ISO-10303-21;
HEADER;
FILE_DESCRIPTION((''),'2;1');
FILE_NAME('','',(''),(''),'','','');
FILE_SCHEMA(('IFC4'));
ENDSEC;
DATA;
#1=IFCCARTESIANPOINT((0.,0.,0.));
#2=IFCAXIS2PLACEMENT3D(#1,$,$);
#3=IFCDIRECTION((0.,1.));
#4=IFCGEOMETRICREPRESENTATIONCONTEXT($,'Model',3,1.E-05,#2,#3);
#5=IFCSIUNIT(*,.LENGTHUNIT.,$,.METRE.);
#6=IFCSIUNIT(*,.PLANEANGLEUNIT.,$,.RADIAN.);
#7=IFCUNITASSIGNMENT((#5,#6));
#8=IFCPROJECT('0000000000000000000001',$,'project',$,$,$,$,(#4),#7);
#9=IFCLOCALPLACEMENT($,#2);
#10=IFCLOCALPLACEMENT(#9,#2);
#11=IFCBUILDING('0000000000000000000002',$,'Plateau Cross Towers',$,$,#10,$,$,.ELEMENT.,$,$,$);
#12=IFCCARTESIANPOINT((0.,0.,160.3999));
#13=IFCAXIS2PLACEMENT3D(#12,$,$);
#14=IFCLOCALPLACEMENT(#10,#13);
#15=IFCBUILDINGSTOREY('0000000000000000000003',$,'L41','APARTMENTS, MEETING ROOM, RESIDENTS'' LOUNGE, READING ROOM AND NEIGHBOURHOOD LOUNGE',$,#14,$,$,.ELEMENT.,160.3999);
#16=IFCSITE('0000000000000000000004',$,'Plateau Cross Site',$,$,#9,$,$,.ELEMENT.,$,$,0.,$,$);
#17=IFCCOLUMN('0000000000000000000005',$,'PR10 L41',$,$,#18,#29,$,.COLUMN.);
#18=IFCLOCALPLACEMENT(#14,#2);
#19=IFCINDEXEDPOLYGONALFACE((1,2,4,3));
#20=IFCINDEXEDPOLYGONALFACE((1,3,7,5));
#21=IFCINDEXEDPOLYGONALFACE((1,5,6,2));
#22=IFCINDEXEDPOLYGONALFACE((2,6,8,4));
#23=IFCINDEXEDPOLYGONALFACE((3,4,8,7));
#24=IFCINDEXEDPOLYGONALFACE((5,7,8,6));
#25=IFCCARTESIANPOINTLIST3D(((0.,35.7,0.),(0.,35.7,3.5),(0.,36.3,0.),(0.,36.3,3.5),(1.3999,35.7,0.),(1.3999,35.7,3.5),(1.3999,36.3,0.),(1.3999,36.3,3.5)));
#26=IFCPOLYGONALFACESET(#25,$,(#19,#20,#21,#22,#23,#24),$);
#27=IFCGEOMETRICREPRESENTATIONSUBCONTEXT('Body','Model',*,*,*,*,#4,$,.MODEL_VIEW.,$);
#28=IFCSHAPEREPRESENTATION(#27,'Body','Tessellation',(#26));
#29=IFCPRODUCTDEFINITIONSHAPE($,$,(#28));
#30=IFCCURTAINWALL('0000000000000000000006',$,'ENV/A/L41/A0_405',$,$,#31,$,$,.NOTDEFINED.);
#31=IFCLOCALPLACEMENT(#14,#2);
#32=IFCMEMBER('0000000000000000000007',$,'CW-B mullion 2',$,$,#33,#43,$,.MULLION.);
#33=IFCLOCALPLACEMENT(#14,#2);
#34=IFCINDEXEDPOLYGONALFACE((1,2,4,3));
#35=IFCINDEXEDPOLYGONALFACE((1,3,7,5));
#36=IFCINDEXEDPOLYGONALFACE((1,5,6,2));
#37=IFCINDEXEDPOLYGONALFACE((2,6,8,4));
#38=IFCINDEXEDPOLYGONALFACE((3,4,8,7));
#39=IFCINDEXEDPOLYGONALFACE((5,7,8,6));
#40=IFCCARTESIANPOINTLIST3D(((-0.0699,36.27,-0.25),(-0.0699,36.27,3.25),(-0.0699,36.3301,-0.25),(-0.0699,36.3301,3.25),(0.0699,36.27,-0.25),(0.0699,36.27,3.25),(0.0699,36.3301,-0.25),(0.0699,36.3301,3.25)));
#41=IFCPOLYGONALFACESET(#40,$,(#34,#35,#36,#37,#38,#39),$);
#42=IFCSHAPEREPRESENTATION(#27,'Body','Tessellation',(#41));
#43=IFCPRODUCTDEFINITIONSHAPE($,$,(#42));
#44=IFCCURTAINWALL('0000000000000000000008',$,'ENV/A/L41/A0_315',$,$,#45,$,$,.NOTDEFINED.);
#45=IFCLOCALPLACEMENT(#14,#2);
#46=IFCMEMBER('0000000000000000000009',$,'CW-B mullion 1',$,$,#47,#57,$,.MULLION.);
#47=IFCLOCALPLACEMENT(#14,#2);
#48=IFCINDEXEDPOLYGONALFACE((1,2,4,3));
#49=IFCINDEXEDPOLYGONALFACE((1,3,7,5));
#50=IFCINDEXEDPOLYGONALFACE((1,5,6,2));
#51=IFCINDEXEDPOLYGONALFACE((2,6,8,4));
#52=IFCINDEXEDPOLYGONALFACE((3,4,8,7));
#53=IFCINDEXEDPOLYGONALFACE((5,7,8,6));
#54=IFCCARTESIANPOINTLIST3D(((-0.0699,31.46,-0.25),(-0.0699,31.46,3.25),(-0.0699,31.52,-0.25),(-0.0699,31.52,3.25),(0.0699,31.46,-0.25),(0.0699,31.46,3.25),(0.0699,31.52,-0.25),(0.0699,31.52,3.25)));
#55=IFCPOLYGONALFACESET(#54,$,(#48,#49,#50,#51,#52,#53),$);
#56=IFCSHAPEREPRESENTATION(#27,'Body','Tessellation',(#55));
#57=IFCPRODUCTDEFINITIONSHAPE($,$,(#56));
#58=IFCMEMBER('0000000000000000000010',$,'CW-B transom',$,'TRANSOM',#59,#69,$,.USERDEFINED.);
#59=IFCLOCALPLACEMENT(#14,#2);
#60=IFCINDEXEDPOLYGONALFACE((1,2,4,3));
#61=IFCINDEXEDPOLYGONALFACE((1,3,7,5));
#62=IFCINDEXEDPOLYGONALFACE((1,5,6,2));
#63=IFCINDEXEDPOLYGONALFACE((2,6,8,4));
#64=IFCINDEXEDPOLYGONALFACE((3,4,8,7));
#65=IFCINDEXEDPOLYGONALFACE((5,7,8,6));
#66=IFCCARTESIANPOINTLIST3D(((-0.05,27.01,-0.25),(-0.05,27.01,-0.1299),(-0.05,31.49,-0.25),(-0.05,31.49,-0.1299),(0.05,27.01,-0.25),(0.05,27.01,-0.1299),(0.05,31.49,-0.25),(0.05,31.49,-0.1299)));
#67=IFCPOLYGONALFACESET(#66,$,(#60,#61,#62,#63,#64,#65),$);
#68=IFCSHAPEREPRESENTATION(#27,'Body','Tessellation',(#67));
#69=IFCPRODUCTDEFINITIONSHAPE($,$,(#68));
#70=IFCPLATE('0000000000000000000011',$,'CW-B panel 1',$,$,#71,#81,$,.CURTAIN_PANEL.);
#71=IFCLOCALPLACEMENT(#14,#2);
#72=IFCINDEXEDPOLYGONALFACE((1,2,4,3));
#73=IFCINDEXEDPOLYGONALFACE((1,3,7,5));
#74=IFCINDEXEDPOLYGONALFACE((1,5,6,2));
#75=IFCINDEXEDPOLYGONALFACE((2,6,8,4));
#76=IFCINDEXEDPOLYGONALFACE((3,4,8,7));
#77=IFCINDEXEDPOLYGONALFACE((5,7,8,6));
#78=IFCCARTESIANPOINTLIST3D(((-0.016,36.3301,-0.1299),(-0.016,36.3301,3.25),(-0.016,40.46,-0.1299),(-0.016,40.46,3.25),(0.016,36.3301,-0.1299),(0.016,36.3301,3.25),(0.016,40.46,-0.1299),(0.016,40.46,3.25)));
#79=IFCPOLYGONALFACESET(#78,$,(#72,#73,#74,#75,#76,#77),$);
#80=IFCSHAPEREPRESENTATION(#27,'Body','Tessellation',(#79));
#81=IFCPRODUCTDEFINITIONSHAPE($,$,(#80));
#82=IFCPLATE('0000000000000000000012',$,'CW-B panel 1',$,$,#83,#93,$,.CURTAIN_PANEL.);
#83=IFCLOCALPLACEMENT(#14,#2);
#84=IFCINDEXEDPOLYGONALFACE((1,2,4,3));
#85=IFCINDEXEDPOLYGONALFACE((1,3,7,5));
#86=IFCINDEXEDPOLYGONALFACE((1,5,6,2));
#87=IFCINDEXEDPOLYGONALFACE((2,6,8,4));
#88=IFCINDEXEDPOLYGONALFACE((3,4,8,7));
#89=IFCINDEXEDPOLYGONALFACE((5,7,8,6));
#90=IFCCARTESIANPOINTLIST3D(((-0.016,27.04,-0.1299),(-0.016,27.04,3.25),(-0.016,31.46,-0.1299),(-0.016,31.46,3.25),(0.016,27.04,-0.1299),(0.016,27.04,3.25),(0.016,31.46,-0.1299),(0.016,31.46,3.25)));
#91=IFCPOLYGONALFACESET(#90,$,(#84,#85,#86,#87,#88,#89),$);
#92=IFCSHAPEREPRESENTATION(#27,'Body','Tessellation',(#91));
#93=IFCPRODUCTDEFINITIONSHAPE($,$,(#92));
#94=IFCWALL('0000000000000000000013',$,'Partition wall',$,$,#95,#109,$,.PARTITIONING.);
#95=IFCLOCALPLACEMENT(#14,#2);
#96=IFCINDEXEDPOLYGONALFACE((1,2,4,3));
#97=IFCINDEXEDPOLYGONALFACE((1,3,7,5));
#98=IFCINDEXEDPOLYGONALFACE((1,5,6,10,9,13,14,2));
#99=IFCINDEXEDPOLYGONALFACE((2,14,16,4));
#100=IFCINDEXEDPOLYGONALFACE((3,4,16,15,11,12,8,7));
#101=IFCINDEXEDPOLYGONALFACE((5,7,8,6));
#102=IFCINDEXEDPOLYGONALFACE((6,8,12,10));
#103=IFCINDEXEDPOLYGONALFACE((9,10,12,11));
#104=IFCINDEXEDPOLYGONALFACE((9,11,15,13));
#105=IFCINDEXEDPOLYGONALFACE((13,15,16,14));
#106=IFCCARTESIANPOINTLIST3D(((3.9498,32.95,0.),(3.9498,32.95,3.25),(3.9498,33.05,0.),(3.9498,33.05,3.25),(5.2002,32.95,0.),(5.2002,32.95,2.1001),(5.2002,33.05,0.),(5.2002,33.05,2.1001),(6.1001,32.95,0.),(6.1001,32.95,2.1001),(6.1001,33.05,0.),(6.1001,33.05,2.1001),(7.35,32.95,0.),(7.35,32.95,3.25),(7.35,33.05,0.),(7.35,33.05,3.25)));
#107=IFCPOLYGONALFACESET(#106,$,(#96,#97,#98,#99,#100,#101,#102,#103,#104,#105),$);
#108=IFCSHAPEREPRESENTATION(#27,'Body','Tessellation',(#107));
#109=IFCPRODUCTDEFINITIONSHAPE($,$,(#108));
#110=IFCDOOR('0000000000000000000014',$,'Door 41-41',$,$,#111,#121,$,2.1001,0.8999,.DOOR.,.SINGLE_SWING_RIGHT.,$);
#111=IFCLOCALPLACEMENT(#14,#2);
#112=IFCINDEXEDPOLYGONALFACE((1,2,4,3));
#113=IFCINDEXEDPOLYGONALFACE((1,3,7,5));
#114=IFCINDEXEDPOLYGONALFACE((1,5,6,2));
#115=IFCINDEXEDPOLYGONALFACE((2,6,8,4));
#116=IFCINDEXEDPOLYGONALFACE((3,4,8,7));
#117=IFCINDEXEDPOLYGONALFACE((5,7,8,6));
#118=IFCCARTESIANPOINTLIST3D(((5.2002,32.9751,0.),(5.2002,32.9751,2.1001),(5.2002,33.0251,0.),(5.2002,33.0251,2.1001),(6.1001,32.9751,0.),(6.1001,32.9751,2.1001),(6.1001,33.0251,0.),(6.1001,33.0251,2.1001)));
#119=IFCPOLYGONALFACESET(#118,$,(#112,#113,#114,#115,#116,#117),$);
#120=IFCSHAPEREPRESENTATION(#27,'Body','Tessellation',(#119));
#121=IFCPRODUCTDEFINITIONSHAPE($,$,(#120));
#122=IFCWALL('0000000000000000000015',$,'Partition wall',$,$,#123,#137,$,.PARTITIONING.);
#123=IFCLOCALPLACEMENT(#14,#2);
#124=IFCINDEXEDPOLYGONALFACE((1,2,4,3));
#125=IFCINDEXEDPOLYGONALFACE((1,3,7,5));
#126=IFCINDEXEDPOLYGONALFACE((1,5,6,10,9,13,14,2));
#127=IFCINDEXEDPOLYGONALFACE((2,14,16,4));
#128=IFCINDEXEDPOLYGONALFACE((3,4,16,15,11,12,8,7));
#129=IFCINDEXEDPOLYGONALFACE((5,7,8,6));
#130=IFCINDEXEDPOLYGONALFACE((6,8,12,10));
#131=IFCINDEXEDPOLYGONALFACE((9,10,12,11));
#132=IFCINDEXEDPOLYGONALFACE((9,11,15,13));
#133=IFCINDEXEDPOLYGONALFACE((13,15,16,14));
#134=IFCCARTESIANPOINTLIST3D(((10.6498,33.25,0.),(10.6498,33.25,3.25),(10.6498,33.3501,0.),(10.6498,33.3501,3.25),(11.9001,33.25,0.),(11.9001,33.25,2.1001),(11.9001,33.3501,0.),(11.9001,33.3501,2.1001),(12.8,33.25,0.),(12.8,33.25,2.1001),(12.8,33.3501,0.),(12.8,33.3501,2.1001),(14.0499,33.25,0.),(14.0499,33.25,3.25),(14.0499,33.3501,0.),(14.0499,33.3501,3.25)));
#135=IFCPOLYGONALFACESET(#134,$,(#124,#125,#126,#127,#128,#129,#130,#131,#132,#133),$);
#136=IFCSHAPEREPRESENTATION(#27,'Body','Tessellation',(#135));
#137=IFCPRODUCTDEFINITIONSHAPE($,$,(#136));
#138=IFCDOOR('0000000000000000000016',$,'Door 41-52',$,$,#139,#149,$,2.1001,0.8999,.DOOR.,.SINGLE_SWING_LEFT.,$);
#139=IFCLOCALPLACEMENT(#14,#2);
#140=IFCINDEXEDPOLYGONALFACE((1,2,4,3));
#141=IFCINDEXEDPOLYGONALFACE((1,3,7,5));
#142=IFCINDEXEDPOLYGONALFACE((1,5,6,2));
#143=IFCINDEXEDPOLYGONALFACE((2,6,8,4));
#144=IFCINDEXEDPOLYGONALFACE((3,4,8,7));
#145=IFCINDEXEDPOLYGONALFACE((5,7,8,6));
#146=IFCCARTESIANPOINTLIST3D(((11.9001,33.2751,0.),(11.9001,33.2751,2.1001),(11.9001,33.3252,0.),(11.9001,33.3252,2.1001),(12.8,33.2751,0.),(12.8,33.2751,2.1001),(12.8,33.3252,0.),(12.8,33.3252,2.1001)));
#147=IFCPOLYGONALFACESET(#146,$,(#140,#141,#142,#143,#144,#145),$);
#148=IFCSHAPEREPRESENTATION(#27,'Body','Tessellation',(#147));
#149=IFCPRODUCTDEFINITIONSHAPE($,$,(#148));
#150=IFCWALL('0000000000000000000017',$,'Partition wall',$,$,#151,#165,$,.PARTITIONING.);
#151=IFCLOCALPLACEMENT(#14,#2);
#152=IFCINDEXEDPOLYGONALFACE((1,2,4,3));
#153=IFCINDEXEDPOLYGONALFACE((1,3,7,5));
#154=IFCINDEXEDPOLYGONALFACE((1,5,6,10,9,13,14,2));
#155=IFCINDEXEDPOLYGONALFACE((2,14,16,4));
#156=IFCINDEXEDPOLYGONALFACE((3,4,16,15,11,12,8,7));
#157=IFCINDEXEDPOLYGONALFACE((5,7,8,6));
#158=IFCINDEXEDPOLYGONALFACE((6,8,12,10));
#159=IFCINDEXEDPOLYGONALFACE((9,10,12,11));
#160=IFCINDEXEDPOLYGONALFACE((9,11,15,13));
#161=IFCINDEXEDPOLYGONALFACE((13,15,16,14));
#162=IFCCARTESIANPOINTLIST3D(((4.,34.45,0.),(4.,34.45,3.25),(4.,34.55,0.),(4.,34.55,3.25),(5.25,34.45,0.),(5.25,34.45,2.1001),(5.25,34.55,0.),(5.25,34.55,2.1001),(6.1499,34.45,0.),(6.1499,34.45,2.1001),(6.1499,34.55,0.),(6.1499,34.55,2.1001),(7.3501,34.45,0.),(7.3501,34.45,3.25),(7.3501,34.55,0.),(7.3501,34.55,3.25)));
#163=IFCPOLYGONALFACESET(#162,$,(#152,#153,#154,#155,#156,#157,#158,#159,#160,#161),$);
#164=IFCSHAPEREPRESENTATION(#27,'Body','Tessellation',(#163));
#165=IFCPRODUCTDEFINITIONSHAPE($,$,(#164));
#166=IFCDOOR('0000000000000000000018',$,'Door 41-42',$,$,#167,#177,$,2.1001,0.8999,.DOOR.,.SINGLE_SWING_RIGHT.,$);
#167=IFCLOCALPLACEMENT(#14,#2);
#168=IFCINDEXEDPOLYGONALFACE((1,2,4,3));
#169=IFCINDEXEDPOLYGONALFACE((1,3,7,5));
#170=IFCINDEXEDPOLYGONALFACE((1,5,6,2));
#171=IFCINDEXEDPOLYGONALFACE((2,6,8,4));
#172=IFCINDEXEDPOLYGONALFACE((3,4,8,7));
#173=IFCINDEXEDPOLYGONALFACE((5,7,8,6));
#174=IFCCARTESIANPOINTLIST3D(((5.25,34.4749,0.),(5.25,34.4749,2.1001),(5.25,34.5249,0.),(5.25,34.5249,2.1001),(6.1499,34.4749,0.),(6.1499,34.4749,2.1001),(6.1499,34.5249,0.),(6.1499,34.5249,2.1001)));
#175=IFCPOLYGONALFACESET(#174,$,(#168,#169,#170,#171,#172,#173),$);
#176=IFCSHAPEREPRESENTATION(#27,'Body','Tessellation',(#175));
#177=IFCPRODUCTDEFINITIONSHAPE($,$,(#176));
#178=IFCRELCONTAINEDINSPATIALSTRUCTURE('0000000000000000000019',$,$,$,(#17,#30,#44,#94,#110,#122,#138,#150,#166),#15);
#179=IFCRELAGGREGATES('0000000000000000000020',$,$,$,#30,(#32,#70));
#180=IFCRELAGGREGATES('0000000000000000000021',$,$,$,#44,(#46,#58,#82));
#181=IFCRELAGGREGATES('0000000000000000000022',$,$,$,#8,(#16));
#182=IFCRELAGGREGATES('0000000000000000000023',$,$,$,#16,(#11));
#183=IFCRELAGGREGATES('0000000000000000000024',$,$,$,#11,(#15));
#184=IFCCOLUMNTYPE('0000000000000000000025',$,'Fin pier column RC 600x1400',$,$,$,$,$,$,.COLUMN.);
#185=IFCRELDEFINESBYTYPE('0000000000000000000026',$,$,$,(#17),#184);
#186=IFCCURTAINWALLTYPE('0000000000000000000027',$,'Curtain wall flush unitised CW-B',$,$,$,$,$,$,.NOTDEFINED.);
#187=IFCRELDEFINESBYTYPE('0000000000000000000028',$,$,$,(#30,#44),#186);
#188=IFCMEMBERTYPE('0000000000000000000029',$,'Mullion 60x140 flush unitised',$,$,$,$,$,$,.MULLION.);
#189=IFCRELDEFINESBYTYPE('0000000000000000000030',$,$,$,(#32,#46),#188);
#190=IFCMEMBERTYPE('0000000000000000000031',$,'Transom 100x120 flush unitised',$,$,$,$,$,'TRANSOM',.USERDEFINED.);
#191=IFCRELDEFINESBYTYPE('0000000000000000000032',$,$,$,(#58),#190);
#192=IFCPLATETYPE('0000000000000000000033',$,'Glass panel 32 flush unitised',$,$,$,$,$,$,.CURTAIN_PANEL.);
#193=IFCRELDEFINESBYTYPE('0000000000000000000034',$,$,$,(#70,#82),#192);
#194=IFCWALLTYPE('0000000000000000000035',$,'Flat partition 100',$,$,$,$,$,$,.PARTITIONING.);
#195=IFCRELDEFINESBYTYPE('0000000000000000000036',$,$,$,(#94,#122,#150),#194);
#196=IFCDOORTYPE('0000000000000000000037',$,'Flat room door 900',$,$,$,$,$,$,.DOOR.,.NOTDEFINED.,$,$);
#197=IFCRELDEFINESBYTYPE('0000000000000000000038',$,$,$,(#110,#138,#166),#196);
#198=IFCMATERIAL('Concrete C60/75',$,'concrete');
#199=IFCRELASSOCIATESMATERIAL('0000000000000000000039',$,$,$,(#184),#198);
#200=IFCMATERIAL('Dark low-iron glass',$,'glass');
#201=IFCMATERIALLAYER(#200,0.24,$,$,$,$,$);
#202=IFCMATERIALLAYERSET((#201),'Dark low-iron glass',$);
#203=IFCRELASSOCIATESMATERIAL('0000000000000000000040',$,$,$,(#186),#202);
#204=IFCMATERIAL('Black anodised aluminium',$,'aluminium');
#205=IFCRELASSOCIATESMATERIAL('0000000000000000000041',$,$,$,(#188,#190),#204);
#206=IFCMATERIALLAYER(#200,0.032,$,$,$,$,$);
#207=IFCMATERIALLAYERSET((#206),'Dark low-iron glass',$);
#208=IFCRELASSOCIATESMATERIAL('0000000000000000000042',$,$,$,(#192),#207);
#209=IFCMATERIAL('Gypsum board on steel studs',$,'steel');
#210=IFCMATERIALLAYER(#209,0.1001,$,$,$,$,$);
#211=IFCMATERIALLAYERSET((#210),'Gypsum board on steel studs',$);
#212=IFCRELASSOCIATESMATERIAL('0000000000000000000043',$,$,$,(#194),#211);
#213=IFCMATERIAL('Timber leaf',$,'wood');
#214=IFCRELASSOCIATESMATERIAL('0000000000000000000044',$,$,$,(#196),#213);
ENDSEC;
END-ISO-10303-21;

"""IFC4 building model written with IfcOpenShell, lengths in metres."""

from ifc_helpers import new_model, si_unit, direction, frame, frame_2d, origin, origin_2d, place, context, subcontext, project, spatial, rectangle, extrude, material, layer, layer_set, material_profile, profile_set, type_object, element, fill, aggregate, save


model = new_model("IFC4")

# Units and contexts
model_context = context("Model", 3, precision=1e-05, world=origin(), true_north=direction((0.0, 1.0)))
body_context = subcontext(model_context, "Body", "Model", "MODEL_VIEW")
ifc_project = project(units=[si_unit("LENGTHUNIT", "METRE"), si_unit("PLANEANGLEUNIT", "RADIAN")], contexts=[model_context])

# Site, building, storey
site_placement = place(None, origin())
site = spatial("IfcSite", under=ifc_project, at=site_placement, Name="Plateau Cross Site", CompositionType="ELEMENT", RefElevation=0.0)
building_placement = place(site_placement, origin())
building = spatial("IfcBuilding", under=site, at=building_placement, Name="Plateau Cross Towers", CompositionType="ELEMENT")
storey_placement = place(building_placement, frame((0.0, 0.0, 160.3999)))
storey = spatial("IfcBuildingStorey", under=building, at=storey_placement, Name="L41", Description="APARTMENTS, MEETING ROOM, RESIDENTS' LOUNGE, READING ROOM AND NEIGHBOURHOOD LOUNGE", CompositionType="ELEMENT", Elevation=160.3999)

# Column
ifc_material_1 = material(Name="Concrete C60/75", Category="concrete")
ifc_material_profile_1 = material_profile(ifc_material_1, rectangle(XDim=0.6001, YDim=1.3999, at=origin_2d()), Name="RC 600x1400")
ifc_profile_set_1 = profile_set([ifc_material_profile_1], Name="Concrete C60/75")
column_type = type_object("IfcColumnType", Name="Fin pier column RC 600x1400", PredefinedType="COLUMN", material=ifc_profile_set_1)
column_placement = place(storey_placement, frame((0.7, 36.0, 0.0), z_axis=(0.0, 0.0, 1.0), x_axis=(0.0, 1.0, 0.0)))
element("IfcColumn", 1, at=column_placement, inside=storey, type_object=column_type, Name="PR10 L41", PredefinedType="COLUMN", context=body_context, shape_type="SweptSolid", body=[
    extrude(rectangle(XDim=0.6001, YDim=1.3999, at=origin_2d()), origin(), (0.0, 0.0, 1.0), 3.5),
])

# Curtain wall, member
ifc_material_2 = material(Name="Dark low-iron glass", Category="glass")
ifc_layer_1 = layer(ifc_material_2, 0.24)
ifc_layer_set_1 = layer_set([ifc_layer_1], Name="Dark low-iron glass")
curtain_wall_type = type_object("IfcCurtainWallType", Name="Curtain wall flush unitised CW-B", PredefinedType="NOTDEFINED", material=ifc_layer_set_1)
curtain_wall_1_placement = place(storey_placement, origin())
curtain_wall_1 = element("IfcCurtainWall", 2, at=curtain_wall_1_placement, inside=storey, type_object=curtain_wall_type, Name="ENV/A/L41/A0_405", PredefinedType="NOTDEFINED")
ifc_material_3 = material(Name="Black anodised aluminium", Category="aluminium")
ifc_material_profile_2 = material_profile(ifc_material_3, rectangle(XDim=0.0601, YDim=0.1399, at=origin_2d()), Name="MULLION 60x140")
ifc_profile_set_2 = profile_set([ifc_material_profile_2], Name="Black anodised aluminium")
member_type_1 = type_object("IfcMemberType", Name="Mullion 60x140 flush unitised", PredefinedType="MULLION", material=ifc_profile_set_2)
member_1_placement = place(storey_placement, frame((0.0, 36.3, -0.25), z_axis=(0.0, 0.0, 1.0), x_axis=(0.0, -1.0, 0.0)))
member_1 = element("IfcMember", 3, at=member_1_placement, type_object=member_type_1, Name="CW-B mullion 2", PredefinedType="MULLION", context=body_context, shape_type="SweptSolid", body=[
    extrude(rectangle(XDim=0.0601, YDim=0.1399, at=origin_2d()), origin(), (0.0, 0.0, 1.0), 3.5),
])

# Curtain wall, members
curtain_wall_2_placement = place(storey_placement, origin())
curtain_wall_2 = element("IfcCurtainWall", 4, at=curtain_wall_2_placement, inside=storey, type_object=curtain_wall_type, Name="ENV/A/L41/A0_315", PredefinedType="NOTDEFINED")
member_2_placement = place(storey_placement, frame((0.0, 31.49, -0.25), z_axis=(0.0, 0.0, 1.0), x_axis=(0.0, -1.0, 0.0)))
member_2 = element("IfcMember", 5, at=member_2_placement, type_object=member_type_1, Name="CW-B mullion 1", PredefinedType="MULLION", context=body_context, shape_type="SweptSolid", body=[
    extrude(rectangle(XDim=0.0601, YDim=0.1399, at=origin_2d()), origin(), (0.0, 0.0, 1.0), 3.5),
])
ifc_material_profile_3 = material_profile(ifc_material_3, rectangle(XDim=0.1001, YDim=0.1201, at=origin_2d()), Name="TRANSOM 100x120")
ifc_profile_set_3 = profile_set([ifc_material_profile_3], Name="Black anodised aluminium")
member_type_2 = type_object("IfcMemberType", Name="Transom 100x120 flush unitised", ElementType="TRANSOM", PredefinedType="USERDEFINED", material=ifc_profile_set_3)
member_3_placement = place(storey_placement, frame((0.0, 31.49, -0.1899), z_axis=(0.0, -1.0, 0.0), x_axis=(1.0, 0.0, 0.0)))
member_3 = element("IfcMember", 6, at=member_3_placement, type_object=member_type_2, Name="CW-B transom", ObjectType="TRANSOM", PredefinedType="USERDEFINED", context=body_context, shape_type="SweptSolid", body=[
    extrude(rectangle(XDim=0.1001, YDim=0.1201, at=origin_2d()), origin(), (0.0, 0.0, 1.0), 4.48),
])

# Plates
ifc_layer_2 = layer(ifc_material_2, 0.032)
ifc_layer_set_2 = layer_set([ifc_layer_2], Name="Dark low-iron glass")
plate_type = type_object("IfcPlateType", Name="Glass panel 32 flush unitised", PredefinedType="CURTAIN_PANEL", material=ifc_layer_set_2)
plate_1_placement = place(storey_placement, frame((0.0, 38.395, -0.1299), z_axis=(0.0, 0.0, 1.0), x_axis=(0.0, -1.0, 0.0)))
plate_1 = element("IfcPlate", 7, at=plate_1_placement, type_object=plate_type, Name="CW-B panel 1", PredefinedType="CURTAIN_PANEL", context=body_context, shape_type="SweptSolid", body=[
    extrude(rectangle(XDim=4.1299, YDim=0.032, at=origin_2d()), origin(), (0.0, 0.0, 1.0), 3.3799),
])
aggregate(curtain_wall_1, [member_1, plate_1])
plate_2_placement = place(storey_placement, frame((0.0, 29.25, -0.1299), z_axis=(0.0, 0.0, 1.0), x_axis=(0.0, -1.0, 0.0)))
plate_2 = element("IfcPlate", 8, at=plate_2_placement, type_object=plate_type, Name="CW-B panel 1", PredefinedType="CURTAIN_PANEL", context=body_context, shape_type="SweptSolid", body=[
    extrude(rectangle(XDim=4.4199, YDim=0.032, at=origin_2d()), origin(), (0.0, 0.0, 1.0), 3.3799),
])
aggregate(curtain_wall_2, [member_2, member_3, plate_2])

# Walls, openings, doors
ifc_material_4 = material(Name="Gypsum board on steel studs", Category="steel")
ifc_layer_3 = layer(ifc_material_4, 0.1001)
ifc_layer_set_3 = layer_set([ifc_layer_3], Name="Gypsum board on steel studs")
wall_type_1 = type_object("IfcWallType", Name="Flat partition 100", PredefinedType="PARTITIONING", material=ifc_layer_set_3)
wall_1_placement = place(storey_placement, frame((7.3501, 33.0, 0.0), z_axis=(0.0, 0.0, 1.0), x_axis=(-1.0, 0.0, 0.0)))
wall_1 = element("IfcWall", 9, at=wall_1_placement, inside=storey, type_object=wall_type_1, Name="Partition wall", PredefinedType="PARTITIONING", context=body_context, shape_type="SweptSolid", body=[
    extrude(rectangle(XDim=3.4001, YDim=0.1001, at=frame_2d((1.7002, 0.0))), origin(), (0.0, 0.0, 1.0), 3.25),
])
opening_1_placement = place(wall_1_placement, frame((1.25, 0.0, 0.0)))
opening_1 = element("IfcOpeningElement", 10, at=opening_1_placement, cuts=wall_1, PredefinedType="OPENING", context=body_context, shape_type="SweptSolid", body=[
    extrude(rectangle(XDim=0.8999, YDim=2.1001, at=frame_2d((0.45, 1.05))), frame((0.0, 0.0601, 0.0), z_axis=(0.0, -1.0, 0.0), x_axis=(1.0, 0.0, 0.0)), (0.0, 0.0, 1.0), 0.1201),
])
ifc_material_5 = material(Name="Timber leaf", Category="wood")
door_type_1 = type_object("IfcDoorType", Name="Flat room door 900", OperationType="NOTDEFINED", PredefinedType="DOOR", material=ifc_material_5)
door_1_placement = place(opening_1_placement, origin())
door_1 = element("IfcDoor", 11, at=door_1_placement, inside=storey, type_object=door_type_1, Name="Door 41-41", OperationType="SINGLE_SWING_RIGHT", OverallHeight=2.1001, OverallWidth=0.8999, PredefinedType="DOOR", context=body_context, shape_type="SweptSolid", body=[
    extrude(rectangle(XDim=0.8999, YDim=2.1001, at=frame_2d((0.45, 1.05))), frame((0.0, 0.0249, 0.0), z_axis=(0.0, -1.0, 0.0), x_axis=(1.0, 0.0, 0.0)), (0.0, 0.0, 1.0), 0.05),
])
fill(opening_1, door_1)
wall_2_placement = place(storey_placement, frame((14.05, 33.3, 0.0), z_axis=(0.0, 0.0, 1.0), x_axis=(-1.0, 0.0, 0.0)))
wall_2 = element("IfcWall", 12, at=wall_2_placement, inside=storey, type_object=wall_type_1, Name="Partition wall", PredefinedType="PARTITIONING", context=body_context, shape_type="SweptSolid", body=[
    extrude(rectangle(XDim=3.4001, YDim=0.1001, at=frame_2d((1.7002, 0.0))), origin(), (0.0, 0.0, 1.0), 3.25),
])
opening_2_placement = place(wall_2_placement, frame((1.25, 0.0, 0.0)))
opening_2 = element("IfcOpeningElement", 13, at=opening_2_placement, cuts=wall_2, PredefinedType="OPENING", context=body_context, shape_type="SweptSolid", body=[
    extrude(rectangle(XDim=0.8999, YDim=2.1001, at=frame_2d((0.45, 1.05))), frame((0.0, 0.0601, 0.0), z_axis=(0.0, -1.0, 0.0), x_axis=(1.0, 0.0, 0.0)), (0.0, 0.0, 1.0), 0.1201),
])
door_2_placement = place(opening_2_placement, origin())
door_2 = element("IfcDoor", 14, at=door_2_placement, inside=storey, type_object=door_type_1, Name="Door 41-52", OperationType="SINGLE_SWING_LEFT", OverallHeight=2.1001, OverallWidth=0.8999, PredefinedType="DOOR", context=body_context, shape_type="SweptSolid", body=[
    extrude(rectangle(XDim=0.8999, YDim=2.1001, at=frame_2d((0.45, 1.05))), frame((0.0, 0.0249, 0.0), z_axis=(0.0, -1.0, 0.0), x_axis=(1.0, 0.0, 0.0)), (0.0, 0.0, 1.0), 0.05),
])
fill(opening_2, door_2)
wall_3_placement = place(storey_placement, frame((4.0, 34.5, 0.0), z_axis=(0.0, 0.0, 1.0), x_axis=(1.0, 0.0, 0.0)))
wall_3 = element("IfcWall", 15, at=wall_3_placement, inside=storey, type_object=wall_type_1, Name="Partition wall", PredefinedType="PARTITIONING", context=body_context, shape_type="SweptSolid", body=[
    extrude(rectangle(XDim=3.3501, YDim=0.1001, at=frame_2d((1.675, 0.0))), origin(), (0.0, 0.0, 1.0), 3.25),
])
opening_3_placement = place(wall_3_placement, frame((1.25, 0.0, 0.0)))
opening_3 = element("IfcOpeningElement", 16, at=opening_3_placement, cuts=wall_3, PredefinedType="OPENING", context=body_context, shape_type="SweptSolid", body=[
    extrude(rectangle(XDim=0.8999, YDim=2.1001, at=frame_2d((0.45, 1.05))), frame((0.0, 0.0601, 0.0), z_axis=(0.0, -1.0, 0.0), x_axis=(1.0, 0.0, 0.0)), (0.0, 0.0, 1.0), 0.1201),
])
door_3_placement = place(opening_3_placement, origin())
door_3 = element("IfcDoor", 17, at=door_3_placement, inside=storey, type_object=door_type_1, Name="Door 41-42", OperationType="SINGLE_SWING_RIGHT", OverallHeight=2.1001, OverallWidth=0.8999, PredefinedType="DOOR", context=body_context, shape_type="SweptSolid", body=[
    extrude(rectangle(XDim=0.8999, YDim=2.1001, at=frame_2d((0.45, 1.05))), frame((0.0, 0.0249, 0.0), z_axis=(0.0, -1.0, 0.0), x_axis=(1.0, 0.0, 0.0)), (0.0, 0.0, 1.0), 0.05),
])
fill(opening_3, door_3)

save(model, "model.ifc")
